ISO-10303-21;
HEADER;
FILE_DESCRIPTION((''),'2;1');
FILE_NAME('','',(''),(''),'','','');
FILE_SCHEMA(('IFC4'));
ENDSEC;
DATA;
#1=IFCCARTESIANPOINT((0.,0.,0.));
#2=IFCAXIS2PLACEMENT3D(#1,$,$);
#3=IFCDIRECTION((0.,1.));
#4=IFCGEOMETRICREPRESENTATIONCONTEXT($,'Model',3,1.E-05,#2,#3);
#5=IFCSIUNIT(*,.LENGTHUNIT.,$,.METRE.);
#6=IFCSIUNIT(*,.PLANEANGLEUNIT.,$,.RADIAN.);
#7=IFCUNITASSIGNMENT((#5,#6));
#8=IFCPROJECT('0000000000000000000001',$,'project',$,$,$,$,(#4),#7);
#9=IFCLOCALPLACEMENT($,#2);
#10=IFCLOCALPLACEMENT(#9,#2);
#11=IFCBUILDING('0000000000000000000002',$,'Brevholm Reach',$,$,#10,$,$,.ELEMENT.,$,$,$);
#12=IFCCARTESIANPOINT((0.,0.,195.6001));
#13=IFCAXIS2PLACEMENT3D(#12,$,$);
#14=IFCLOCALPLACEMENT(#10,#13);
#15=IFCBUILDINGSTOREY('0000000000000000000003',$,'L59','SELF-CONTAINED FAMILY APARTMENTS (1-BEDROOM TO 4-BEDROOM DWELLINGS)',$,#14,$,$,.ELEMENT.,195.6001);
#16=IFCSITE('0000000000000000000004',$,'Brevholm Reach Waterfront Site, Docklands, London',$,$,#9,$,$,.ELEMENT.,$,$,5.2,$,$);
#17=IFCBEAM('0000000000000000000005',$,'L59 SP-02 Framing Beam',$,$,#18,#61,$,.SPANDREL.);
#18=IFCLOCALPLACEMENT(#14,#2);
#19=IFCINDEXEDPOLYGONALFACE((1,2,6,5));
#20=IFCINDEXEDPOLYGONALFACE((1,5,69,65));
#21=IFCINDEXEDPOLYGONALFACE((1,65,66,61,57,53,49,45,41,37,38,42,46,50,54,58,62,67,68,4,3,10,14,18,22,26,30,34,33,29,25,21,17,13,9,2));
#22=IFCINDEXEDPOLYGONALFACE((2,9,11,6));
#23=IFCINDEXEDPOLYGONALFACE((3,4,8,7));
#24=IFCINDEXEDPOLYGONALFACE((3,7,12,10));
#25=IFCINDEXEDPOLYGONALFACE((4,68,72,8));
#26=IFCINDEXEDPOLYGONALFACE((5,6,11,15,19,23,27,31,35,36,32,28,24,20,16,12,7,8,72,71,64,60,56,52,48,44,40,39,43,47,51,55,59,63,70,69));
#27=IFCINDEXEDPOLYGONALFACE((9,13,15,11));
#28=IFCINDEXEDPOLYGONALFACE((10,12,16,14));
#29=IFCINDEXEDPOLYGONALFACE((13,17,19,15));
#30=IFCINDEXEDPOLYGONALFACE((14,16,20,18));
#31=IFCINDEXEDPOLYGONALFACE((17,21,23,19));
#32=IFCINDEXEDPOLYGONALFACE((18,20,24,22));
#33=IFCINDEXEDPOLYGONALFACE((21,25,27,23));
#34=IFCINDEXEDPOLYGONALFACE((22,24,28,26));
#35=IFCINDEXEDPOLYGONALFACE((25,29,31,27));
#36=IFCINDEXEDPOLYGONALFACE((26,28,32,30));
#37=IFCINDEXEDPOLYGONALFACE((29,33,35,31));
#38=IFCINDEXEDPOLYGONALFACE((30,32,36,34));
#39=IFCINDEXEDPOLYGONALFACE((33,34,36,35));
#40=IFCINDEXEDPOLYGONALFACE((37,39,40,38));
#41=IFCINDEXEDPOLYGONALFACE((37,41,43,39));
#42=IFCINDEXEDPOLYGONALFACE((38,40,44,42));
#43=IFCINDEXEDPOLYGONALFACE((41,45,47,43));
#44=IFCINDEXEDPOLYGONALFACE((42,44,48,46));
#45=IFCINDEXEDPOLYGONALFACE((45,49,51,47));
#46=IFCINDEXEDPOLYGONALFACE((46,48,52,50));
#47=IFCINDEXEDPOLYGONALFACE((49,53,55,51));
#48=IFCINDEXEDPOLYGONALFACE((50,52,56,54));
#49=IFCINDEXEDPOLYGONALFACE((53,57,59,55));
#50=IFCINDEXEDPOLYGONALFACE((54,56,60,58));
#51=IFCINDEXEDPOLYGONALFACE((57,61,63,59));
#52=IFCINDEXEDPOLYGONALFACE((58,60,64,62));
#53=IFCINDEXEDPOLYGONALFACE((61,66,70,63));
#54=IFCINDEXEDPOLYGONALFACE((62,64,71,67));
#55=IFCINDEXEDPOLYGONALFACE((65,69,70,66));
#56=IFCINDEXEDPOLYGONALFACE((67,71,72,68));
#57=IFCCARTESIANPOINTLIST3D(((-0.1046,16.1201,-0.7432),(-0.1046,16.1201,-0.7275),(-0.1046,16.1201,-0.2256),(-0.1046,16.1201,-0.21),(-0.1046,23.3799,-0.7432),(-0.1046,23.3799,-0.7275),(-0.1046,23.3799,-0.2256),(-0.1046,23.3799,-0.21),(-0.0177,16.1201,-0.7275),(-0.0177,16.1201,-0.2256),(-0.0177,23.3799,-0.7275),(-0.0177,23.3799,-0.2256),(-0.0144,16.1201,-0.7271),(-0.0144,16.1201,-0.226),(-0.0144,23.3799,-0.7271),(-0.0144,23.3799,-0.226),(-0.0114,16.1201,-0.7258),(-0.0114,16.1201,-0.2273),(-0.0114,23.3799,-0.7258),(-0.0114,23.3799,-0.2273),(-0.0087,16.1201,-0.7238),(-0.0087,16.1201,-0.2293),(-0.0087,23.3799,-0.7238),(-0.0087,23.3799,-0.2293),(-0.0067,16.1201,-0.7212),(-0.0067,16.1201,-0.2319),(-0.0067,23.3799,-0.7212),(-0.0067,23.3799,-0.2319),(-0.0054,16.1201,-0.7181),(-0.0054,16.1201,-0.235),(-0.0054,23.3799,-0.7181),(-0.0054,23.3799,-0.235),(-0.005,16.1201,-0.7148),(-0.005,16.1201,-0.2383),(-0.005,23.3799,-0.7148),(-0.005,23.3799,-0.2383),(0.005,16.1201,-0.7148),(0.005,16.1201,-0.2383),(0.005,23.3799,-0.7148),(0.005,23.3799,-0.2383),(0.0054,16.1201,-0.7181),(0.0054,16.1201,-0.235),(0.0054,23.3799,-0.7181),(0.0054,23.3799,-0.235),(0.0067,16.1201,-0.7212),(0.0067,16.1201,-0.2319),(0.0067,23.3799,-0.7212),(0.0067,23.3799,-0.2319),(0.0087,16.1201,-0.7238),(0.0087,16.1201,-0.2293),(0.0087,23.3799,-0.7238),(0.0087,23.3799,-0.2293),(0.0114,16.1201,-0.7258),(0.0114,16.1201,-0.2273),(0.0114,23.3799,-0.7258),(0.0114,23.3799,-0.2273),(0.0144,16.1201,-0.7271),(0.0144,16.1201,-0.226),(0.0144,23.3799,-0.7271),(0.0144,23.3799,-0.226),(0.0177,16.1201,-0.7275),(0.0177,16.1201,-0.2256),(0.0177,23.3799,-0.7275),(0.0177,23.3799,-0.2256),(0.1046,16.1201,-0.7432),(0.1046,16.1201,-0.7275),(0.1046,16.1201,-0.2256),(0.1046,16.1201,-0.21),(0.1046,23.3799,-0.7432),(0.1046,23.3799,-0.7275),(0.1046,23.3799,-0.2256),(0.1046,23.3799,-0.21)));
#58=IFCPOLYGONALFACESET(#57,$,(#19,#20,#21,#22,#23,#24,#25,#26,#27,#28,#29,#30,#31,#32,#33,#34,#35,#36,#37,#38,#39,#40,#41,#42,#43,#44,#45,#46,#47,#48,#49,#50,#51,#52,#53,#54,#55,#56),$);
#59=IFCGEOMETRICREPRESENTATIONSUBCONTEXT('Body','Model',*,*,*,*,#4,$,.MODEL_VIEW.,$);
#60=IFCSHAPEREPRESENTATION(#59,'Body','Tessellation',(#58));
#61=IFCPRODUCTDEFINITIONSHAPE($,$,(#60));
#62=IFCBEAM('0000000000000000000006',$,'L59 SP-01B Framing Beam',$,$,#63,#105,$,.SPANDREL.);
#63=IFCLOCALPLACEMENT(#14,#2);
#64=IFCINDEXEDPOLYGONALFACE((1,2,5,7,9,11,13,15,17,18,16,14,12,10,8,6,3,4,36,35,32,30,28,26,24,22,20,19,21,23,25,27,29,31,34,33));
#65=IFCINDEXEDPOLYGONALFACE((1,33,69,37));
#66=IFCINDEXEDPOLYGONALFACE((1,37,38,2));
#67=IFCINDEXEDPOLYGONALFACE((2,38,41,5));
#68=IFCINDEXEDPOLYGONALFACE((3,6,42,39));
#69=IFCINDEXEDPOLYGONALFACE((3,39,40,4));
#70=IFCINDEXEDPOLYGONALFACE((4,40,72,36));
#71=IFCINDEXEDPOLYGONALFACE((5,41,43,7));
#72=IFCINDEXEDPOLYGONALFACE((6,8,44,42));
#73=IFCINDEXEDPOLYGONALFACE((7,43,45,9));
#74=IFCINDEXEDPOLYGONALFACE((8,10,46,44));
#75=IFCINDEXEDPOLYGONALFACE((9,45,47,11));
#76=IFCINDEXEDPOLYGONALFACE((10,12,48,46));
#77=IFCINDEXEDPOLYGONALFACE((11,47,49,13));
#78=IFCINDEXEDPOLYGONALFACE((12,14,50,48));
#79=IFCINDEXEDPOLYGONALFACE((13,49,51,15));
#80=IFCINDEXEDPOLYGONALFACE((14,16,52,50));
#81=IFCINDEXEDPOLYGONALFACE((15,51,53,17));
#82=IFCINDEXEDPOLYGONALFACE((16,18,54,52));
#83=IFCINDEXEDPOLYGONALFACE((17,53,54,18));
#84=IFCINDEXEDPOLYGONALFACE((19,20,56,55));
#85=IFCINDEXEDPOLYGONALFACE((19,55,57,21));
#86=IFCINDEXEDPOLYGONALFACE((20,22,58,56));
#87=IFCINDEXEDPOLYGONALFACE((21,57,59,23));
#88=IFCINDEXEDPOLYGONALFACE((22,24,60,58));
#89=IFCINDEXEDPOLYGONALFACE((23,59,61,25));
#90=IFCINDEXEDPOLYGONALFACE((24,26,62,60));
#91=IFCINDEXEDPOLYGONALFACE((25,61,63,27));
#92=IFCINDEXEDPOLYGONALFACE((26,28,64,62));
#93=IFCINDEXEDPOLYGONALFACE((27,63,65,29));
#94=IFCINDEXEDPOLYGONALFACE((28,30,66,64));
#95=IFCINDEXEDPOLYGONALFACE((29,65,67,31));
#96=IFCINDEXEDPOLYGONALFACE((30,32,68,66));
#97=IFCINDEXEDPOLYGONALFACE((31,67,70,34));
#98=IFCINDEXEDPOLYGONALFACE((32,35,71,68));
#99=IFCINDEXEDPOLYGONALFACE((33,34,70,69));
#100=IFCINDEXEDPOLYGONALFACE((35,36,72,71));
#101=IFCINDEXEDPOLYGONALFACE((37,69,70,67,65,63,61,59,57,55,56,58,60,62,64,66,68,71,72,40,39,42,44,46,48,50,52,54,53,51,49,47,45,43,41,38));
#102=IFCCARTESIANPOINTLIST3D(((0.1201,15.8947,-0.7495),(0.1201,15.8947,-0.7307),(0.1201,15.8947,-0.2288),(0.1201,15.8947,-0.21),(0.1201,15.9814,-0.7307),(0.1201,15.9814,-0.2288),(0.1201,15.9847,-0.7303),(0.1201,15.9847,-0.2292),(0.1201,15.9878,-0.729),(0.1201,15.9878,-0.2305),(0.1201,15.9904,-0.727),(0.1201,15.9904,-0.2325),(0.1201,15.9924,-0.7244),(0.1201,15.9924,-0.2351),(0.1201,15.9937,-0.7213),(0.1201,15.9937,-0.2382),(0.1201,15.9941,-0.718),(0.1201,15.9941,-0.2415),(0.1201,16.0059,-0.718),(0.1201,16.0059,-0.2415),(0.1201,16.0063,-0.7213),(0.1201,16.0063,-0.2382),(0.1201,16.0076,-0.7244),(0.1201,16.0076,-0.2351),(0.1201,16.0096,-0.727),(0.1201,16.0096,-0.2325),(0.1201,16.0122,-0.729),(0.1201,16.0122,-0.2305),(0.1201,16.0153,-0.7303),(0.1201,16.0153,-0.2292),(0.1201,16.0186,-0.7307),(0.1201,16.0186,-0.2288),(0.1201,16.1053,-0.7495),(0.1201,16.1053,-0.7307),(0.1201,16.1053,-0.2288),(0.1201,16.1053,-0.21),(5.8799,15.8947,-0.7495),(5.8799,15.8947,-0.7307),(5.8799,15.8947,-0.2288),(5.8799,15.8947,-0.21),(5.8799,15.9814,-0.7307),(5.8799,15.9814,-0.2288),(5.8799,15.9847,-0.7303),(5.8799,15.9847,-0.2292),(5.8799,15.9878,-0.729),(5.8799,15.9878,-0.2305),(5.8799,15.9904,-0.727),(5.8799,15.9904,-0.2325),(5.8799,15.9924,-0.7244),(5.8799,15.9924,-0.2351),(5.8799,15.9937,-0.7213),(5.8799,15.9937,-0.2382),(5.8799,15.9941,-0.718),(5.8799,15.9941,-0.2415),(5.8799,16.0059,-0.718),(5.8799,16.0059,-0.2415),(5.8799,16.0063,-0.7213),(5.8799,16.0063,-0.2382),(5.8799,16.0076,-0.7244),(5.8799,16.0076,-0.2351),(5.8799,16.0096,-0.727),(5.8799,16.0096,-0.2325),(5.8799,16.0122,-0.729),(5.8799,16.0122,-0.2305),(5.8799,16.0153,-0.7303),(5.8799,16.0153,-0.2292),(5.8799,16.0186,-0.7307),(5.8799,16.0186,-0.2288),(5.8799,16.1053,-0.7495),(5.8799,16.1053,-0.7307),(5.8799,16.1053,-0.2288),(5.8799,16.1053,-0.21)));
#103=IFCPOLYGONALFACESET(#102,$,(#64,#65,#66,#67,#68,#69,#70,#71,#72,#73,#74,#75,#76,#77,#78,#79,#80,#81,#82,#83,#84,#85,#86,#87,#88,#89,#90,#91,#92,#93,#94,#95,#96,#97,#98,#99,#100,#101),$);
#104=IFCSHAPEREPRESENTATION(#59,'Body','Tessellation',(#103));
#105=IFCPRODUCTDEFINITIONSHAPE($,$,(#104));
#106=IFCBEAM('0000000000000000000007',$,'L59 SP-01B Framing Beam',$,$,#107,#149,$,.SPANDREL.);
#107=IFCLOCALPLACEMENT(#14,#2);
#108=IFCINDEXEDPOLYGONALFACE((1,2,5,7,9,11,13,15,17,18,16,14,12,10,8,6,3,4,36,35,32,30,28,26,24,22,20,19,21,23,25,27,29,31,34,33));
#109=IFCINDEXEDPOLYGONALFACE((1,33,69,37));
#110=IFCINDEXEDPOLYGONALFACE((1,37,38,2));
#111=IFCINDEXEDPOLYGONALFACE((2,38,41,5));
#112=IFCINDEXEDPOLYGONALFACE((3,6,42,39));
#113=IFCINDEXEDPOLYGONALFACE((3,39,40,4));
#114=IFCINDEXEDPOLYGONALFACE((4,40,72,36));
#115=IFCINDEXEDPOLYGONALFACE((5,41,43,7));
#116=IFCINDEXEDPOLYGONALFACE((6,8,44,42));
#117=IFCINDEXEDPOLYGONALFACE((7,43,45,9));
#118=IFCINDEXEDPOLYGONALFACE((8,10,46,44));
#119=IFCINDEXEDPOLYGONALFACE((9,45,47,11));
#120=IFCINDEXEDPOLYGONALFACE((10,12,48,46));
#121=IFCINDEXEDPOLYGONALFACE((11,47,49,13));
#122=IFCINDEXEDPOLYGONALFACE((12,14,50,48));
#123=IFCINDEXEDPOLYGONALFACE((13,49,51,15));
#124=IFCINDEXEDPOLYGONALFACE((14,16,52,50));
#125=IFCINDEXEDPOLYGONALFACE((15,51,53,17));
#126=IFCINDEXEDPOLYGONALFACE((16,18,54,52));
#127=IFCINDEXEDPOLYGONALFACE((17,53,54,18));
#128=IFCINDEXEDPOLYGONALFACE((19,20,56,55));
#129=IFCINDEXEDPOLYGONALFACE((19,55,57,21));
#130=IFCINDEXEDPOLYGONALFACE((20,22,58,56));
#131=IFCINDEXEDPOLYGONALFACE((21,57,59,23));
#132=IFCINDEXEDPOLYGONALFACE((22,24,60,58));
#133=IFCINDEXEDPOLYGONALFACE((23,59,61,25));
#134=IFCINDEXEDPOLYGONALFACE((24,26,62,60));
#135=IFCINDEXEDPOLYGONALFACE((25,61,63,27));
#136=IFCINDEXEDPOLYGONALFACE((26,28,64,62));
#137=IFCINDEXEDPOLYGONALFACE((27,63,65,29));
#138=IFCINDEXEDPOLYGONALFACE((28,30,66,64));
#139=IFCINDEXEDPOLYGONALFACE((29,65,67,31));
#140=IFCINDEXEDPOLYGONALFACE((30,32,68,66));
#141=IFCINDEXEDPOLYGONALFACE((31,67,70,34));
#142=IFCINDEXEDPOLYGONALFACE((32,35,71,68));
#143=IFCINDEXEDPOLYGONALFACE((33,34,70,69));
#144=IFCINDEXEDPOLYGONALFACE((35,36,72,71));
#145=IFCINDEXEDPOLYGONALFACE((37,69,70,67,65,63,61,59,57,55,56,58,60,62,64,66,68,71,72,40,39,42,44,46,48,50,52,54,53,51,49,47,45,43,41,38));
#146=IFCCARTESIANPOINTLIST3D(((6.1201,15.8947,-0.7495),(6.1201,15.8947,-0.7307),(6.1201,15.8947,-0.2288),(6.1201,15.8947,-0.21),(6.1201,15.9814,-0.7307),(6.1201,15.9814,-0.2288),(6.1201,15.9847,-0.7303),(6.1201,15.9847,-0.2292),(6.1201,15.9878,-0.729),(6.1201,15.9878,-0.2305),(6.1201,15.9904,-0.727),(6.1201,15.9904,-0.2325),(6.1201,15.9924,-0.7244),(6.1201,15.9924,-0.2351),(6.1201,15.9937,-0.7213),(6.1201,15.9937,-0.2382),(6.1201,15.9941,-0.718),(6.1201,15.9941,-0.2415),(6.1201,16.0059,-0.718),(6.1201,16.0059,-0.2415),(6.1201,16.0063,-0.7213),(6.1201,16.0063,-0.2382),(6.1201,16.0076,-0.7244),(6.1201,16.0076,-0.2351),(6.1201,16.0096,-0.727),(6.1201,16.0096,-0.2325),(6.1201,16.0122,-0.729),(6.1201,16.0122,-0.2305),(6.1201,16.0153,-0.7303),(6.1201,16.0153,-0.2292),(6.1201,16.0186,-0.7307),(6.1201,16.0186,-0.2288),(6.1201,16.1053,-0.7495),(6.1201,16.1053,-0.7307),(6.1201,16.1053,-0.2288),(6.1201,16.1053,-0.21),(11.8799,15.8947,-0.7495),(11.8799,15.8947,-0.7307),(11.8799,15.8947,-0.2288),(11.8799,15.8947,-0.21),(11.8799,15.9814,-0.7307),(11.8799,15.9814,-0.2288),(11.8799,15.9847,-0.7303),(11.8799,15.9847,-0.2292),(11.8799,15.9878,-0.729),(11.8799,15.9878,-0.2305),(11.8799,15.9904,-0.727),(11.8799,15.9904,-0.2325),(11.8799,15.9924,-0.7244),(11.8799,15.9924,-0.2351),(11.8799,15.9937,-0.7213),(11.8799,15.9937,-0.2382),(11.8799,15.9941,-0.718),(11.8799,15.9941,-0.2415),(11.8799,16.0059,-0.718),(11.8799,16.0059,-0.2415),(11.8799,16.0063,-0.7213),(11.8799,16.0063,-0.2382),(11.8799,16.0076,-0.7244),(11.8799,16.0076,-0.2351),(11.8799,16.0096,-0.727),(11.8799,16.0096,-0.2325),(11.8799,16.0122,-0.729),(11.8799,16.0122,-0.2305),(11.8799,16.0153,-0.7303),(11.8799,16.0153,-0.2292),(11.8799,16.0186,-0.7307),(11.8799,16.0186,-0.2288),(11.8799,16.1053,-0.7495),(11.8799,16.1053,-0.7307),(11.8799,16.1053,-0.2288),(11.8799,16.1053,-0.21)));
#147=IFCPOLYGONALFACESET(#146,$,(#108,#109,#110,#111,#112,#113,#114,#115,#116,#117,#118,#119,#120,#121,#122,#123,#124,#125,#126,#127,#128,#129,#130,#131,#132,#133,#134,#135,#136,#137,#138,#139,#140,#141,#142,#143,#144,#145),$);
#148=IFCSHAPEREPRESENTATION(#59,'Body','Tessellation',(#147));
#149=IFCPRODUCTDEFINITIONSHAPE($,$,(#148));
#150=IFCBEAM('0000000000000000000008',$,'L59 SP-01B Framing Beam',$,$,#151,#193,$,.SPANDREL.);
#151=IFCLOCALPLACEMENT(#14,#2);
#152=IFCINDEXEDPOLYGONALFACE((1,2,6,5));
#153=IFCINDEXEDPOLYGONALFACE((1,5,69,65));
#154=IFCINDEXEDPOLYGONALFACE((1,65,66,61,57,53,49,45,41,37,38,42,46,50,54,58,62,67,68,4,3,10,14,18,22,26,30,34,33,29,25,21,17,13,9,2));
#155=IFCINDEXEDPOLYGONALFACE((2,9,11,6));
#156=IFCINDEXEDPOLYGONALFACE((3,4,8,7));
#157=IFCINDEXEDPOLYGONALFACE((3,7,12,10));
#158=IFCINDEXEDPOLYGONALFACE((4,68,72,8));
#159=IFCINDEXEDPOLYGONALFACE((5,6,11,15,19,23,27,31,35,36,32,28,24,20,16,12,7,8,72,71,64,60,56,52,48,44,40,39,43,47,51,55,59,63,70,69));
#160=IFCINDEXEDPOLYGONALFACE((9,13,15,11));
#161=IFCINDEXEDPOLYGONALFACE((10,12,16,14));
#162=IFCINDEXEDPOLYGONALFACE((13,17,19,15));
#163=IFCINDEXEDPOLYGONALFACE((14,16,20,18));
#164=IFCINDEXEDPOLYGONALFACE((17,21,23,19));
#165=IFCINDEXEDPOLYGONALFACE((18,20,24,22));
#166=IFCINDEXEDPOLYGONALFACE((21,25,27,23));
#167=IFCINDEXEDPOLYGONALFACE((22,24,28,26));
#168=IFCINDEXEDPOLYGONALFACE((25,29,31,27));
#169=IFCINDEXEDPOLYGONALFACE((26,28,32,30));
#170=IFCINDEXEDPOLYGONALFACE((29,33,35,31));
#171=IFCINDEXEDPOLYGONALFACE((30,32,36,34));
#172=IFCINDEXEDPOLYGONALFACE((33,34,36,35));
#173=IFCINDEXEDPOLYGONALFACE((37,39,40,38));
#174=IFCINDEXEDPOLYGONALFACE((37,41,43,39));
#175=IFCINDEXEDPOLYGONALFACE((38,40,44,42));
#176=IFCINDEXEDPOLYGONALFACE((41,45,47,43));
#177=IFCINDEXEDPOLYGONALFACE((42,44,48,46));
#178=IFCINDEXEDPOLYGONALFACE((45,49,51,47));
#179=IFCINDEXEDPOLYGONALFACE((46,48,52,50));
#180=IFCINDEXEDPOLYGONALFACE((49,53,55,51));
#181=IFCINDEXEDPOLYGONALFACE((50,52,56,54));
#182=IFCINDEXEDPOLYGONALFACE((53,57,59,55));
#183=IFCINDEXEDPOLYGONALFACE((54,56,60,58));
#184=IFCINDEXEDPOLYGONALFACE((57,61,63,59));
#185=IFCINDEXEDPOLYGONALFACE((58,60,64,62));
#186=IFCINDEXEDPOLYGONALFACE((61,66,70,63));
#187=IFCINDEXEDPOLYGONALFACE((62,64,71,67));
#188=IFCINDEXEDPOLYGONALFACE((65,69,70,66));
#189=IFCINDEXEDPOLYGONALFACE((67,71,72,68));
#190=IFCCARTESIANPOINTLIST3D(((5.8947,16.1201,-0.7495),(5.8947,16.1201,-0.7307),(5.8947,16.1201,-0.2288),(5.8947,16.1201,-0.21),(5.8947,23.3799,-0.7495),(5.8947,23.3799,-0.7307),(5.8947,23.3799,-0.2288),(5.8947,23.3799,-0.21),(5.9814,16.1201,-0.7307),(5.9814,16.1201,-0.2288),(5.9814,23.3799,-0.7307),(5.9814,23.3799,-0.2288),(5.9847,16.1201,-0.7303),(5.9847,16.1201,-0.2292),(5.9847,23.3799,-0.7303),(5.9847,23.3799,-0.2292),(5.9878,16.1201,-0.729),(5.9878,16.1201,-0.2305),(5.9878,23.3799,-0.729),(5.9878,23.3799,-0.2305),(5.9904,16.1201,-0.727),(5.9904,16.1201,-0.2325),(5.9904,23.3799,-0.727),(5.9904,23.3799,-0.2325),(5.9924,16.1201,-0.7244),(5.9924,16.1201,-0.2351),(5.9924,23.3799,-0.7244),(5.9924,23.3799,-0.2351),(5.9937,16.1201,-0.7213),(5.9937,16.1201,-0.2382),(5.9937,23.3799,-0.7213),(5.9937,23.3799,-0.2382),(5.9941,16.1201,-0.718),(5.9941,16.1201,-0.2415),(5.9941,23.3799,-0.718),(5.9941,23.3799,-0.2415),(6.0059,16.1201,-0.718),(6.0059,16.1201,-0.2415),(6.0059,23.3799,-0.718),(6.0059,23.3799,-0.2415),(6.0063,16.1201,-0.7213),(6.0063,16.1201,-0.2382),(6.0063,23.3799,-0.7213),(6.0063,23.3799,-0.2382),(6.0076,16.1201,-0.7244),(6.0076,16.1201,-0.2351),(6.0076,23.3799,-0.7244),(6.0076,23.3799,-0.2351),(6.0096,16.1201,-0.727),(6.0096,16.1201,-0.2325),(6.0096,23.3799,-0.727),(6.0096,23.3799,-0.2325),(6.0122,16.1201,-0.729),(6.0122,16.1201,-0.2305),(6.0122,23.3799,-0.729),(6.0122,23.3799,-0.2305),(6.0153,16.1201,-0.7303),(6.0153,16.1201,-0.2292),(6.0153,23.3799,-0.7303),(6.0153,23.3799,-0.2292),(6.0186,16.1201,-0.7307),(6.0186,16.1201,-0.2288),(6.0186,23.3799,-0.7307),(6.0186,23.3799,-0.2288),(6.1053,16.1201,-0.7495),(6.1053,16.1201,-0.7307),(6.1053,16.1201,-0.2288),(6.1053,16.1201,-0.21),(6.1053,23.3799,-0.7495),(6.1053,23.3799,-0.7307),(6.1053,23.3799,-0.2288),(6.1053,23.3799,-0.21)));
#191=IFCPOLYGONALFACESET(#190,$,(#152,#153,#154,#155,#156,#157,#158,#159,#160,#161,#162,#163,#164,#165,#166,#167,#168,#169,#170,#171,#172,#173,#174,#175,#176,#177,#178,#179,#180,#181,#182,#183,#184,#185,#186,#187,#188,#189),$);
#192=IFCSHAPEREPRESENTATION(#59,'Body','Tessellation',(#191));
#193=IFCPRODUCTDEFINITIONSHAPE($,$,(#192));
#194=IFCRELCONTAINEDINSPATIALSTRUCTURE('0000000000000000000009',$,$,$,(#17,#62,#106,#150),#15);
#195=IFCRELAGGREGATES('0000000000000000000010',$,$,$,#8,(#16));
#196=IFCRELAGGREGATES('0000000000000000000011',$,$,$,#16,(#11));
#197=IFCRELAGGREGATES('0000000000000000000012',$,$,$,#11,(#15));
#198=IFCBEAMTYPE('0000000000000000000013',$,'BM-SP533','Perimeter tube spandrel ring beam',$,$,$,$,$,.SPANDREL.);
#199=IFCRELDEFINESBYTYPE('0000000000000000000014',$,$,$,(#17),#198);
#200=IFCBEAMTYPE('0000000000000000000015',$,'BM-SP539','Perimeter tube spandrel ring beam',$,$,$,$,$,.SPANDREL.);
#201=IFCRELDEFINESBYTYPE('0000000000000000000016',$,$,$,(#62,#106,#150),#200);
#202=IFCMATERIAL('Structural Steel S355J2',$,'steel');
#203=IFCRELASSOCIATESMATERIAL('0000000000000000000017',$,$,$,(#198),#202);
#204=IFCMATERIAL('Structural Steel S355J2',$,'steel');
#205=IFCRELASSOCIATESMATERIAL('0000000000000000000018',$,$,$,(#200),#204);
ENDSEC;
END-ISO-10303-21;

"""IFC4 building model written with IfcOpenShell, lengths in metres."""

from ifc_helpers import new_model, si_unit, direction, frame, origin, origin_2d, place, context, subcontext, project, spatial, i_section, extrude, material, material_profile, profile_set, type_object, element, save


model = new_model("IFC4")

# Units and contexts
model_context = context("Model", 3, precision=1e-05, world=origin(), true_north=direction((0.0, 1.0)))
body_context = subcontext(model_context, "Body", "Model", "MODEL_VIEW")
ifc_project = project(units=[si_unit("LENGTHUNIT", "METRE"), si_unit("PLANEANGLEUNIT", "RADIAN")], contexts=[model_context])

# Site, building, storey
site_placement = place(None, origin())
site = spatial("IfcSite", under=ifc_project, at=site_placement, Name="Brevholm Reach Waterfront Site, Docklands, London", CompositionType="ELEMENT", RefElevation=5.2)
building_placement = place(site_placement, origin())
building = spatial("IfcBuilding", under=site, at=building_placement, Name="Brevholm Reach", CompositionType="ELEMENT")
storey_placement = place(building_placement, frame((0.0, 0.0, 195.6001)))
storey = spatial("IfcBuildingStorey", under=building, at=storey_placement, Name="L59", Description="SELF-CONTAINED FAMILY APARTMENTS (1-BEDROOM TO 4-BEDROOM DWELLINGS)", CompositionType="ELEMENT", Elevation=195.6001)

# Beams
ifc_material_1 = material(Name="Structural Steel S355J2", Category="steel")
ifc_material_profile_1 = material_profile(ifc_material_1, i_section(OverallWidth=0.2092, OverallDepth=0.5332, WebThickness=0.01, FlangeThickness=0.0156, FilletRadius=0.0127, at=origin_2d()), Name="UKB 533x210x92")
ifc_profile_set_1 = profile_set([ifc_material_profile_1], Name="Structural Steel S355J2")
beam_type_1 = type_object("IfcBeamType", Name="BM-SP533", Description="Perimeter tube spandrel ring beam", PredefinedType="SPANDREL", material=ifc_profile_set_1)
beam_1_placement = place(storey_placement, frame((0.0, 16.1201, -0.4766), z_axis=(0.0, 1.0, 0.0), x_axis=(-1.0, 0.0, 0.0)))
element("IfcBeam", 1, at=beam_1_placement, inside=storey, type_object=beam_type_1, Name="L59 SP-02 Framing Beam", PredefinedType="SPANDREL", context=body_context, shape_type="SweptSolid", body=[
    extrude(i_section(OverallWidth=0.2092, OverallDepth=0.5332, WebThickness=0.01, FlangeThickness=0.0156, FilletRadius=0.0127, at=origin_2d()), origin(), (0.0, 0.0, 1.0), 7.2598),
])
ifc_material_2 = material(Name="Structural Steel S355J2", Category="steel")
ifc_material_profile_2 = material_profile(ifc_material_2, i_section(OverallWidth=0.2107, OverallDepth=0.5396, WebThickness=0.0117, FlangeThickness=0.0188, FilletRadius=0.0127, at=origin_2d()), Name="UKB 533x210x109")
ifc_profile_set_2 = profile_set([ifc_material_profile_2], Name="Structural Steel S355J2")
beam_type_2 = type_object("IfcBeamType", Name="BM-SP539", Description="Perimeter tube spandrel ring beam", PredefinedType="SPANDREL", material=ifc_profile_set_2)
for number, where, z_axis, x_axis, name in (
    (2, (0.1201, 16.0, -0.4797), (1.0, 0.0, 0.0), (0.0, 1.0, 0.0), "L59 SP-01B Framing Beam"),
    (3, (6.1201, 16.0, -0.4797), (1.0, 0.0, 0.0), (0.0, 1.0, 0.0), "L59 SP-01B Framing Beam"),
):
    element("IfcBeam", number, at=place(storey_placement, frame(where, z_axis=z_axis, x_axis=x_axis)), inside=storey, type_object=beam_type_2, Name=name, PredefinedType="SPANDREL", context=body_context, shape_type="SweptSolid", body=[
        extrude(i_section(OverallWidth=0.2107, OverallDepth=0.5396, WebThickness=0.0117, FlangeThickness=0.0188, FilletRadius=0.0127, at=origin_2d()), origin(), (0.0, 0.0, 1.0), 5.7598),
    ])
beam_2_placement = place(storey_placement, frame((6.0, 16.1201, -0.4797), z_axis=(0.0, 1.0, 0.0), x_axis=(-1.0, 0.0, 0.0)))
element("IfcBeam", 4, at=beam_2_placement, inside=storey, type_object=beam_type_2, Name="L59 SP-01B Framing Beam", PredefinedType="SPANDREL", context=body_context, shape_type="SweptSolid", body=[
    extrude(i_section(OverallWidth=0.2107, OverallDepth=0.5396, WebThickness=0.0117, FlangeThickness=0.0188, FilletRadius=0.0127, at=origin_2d()), origin(), (0.0, 0.0, 1.0), 7.2598),
])

save(model, "model.ifc")
